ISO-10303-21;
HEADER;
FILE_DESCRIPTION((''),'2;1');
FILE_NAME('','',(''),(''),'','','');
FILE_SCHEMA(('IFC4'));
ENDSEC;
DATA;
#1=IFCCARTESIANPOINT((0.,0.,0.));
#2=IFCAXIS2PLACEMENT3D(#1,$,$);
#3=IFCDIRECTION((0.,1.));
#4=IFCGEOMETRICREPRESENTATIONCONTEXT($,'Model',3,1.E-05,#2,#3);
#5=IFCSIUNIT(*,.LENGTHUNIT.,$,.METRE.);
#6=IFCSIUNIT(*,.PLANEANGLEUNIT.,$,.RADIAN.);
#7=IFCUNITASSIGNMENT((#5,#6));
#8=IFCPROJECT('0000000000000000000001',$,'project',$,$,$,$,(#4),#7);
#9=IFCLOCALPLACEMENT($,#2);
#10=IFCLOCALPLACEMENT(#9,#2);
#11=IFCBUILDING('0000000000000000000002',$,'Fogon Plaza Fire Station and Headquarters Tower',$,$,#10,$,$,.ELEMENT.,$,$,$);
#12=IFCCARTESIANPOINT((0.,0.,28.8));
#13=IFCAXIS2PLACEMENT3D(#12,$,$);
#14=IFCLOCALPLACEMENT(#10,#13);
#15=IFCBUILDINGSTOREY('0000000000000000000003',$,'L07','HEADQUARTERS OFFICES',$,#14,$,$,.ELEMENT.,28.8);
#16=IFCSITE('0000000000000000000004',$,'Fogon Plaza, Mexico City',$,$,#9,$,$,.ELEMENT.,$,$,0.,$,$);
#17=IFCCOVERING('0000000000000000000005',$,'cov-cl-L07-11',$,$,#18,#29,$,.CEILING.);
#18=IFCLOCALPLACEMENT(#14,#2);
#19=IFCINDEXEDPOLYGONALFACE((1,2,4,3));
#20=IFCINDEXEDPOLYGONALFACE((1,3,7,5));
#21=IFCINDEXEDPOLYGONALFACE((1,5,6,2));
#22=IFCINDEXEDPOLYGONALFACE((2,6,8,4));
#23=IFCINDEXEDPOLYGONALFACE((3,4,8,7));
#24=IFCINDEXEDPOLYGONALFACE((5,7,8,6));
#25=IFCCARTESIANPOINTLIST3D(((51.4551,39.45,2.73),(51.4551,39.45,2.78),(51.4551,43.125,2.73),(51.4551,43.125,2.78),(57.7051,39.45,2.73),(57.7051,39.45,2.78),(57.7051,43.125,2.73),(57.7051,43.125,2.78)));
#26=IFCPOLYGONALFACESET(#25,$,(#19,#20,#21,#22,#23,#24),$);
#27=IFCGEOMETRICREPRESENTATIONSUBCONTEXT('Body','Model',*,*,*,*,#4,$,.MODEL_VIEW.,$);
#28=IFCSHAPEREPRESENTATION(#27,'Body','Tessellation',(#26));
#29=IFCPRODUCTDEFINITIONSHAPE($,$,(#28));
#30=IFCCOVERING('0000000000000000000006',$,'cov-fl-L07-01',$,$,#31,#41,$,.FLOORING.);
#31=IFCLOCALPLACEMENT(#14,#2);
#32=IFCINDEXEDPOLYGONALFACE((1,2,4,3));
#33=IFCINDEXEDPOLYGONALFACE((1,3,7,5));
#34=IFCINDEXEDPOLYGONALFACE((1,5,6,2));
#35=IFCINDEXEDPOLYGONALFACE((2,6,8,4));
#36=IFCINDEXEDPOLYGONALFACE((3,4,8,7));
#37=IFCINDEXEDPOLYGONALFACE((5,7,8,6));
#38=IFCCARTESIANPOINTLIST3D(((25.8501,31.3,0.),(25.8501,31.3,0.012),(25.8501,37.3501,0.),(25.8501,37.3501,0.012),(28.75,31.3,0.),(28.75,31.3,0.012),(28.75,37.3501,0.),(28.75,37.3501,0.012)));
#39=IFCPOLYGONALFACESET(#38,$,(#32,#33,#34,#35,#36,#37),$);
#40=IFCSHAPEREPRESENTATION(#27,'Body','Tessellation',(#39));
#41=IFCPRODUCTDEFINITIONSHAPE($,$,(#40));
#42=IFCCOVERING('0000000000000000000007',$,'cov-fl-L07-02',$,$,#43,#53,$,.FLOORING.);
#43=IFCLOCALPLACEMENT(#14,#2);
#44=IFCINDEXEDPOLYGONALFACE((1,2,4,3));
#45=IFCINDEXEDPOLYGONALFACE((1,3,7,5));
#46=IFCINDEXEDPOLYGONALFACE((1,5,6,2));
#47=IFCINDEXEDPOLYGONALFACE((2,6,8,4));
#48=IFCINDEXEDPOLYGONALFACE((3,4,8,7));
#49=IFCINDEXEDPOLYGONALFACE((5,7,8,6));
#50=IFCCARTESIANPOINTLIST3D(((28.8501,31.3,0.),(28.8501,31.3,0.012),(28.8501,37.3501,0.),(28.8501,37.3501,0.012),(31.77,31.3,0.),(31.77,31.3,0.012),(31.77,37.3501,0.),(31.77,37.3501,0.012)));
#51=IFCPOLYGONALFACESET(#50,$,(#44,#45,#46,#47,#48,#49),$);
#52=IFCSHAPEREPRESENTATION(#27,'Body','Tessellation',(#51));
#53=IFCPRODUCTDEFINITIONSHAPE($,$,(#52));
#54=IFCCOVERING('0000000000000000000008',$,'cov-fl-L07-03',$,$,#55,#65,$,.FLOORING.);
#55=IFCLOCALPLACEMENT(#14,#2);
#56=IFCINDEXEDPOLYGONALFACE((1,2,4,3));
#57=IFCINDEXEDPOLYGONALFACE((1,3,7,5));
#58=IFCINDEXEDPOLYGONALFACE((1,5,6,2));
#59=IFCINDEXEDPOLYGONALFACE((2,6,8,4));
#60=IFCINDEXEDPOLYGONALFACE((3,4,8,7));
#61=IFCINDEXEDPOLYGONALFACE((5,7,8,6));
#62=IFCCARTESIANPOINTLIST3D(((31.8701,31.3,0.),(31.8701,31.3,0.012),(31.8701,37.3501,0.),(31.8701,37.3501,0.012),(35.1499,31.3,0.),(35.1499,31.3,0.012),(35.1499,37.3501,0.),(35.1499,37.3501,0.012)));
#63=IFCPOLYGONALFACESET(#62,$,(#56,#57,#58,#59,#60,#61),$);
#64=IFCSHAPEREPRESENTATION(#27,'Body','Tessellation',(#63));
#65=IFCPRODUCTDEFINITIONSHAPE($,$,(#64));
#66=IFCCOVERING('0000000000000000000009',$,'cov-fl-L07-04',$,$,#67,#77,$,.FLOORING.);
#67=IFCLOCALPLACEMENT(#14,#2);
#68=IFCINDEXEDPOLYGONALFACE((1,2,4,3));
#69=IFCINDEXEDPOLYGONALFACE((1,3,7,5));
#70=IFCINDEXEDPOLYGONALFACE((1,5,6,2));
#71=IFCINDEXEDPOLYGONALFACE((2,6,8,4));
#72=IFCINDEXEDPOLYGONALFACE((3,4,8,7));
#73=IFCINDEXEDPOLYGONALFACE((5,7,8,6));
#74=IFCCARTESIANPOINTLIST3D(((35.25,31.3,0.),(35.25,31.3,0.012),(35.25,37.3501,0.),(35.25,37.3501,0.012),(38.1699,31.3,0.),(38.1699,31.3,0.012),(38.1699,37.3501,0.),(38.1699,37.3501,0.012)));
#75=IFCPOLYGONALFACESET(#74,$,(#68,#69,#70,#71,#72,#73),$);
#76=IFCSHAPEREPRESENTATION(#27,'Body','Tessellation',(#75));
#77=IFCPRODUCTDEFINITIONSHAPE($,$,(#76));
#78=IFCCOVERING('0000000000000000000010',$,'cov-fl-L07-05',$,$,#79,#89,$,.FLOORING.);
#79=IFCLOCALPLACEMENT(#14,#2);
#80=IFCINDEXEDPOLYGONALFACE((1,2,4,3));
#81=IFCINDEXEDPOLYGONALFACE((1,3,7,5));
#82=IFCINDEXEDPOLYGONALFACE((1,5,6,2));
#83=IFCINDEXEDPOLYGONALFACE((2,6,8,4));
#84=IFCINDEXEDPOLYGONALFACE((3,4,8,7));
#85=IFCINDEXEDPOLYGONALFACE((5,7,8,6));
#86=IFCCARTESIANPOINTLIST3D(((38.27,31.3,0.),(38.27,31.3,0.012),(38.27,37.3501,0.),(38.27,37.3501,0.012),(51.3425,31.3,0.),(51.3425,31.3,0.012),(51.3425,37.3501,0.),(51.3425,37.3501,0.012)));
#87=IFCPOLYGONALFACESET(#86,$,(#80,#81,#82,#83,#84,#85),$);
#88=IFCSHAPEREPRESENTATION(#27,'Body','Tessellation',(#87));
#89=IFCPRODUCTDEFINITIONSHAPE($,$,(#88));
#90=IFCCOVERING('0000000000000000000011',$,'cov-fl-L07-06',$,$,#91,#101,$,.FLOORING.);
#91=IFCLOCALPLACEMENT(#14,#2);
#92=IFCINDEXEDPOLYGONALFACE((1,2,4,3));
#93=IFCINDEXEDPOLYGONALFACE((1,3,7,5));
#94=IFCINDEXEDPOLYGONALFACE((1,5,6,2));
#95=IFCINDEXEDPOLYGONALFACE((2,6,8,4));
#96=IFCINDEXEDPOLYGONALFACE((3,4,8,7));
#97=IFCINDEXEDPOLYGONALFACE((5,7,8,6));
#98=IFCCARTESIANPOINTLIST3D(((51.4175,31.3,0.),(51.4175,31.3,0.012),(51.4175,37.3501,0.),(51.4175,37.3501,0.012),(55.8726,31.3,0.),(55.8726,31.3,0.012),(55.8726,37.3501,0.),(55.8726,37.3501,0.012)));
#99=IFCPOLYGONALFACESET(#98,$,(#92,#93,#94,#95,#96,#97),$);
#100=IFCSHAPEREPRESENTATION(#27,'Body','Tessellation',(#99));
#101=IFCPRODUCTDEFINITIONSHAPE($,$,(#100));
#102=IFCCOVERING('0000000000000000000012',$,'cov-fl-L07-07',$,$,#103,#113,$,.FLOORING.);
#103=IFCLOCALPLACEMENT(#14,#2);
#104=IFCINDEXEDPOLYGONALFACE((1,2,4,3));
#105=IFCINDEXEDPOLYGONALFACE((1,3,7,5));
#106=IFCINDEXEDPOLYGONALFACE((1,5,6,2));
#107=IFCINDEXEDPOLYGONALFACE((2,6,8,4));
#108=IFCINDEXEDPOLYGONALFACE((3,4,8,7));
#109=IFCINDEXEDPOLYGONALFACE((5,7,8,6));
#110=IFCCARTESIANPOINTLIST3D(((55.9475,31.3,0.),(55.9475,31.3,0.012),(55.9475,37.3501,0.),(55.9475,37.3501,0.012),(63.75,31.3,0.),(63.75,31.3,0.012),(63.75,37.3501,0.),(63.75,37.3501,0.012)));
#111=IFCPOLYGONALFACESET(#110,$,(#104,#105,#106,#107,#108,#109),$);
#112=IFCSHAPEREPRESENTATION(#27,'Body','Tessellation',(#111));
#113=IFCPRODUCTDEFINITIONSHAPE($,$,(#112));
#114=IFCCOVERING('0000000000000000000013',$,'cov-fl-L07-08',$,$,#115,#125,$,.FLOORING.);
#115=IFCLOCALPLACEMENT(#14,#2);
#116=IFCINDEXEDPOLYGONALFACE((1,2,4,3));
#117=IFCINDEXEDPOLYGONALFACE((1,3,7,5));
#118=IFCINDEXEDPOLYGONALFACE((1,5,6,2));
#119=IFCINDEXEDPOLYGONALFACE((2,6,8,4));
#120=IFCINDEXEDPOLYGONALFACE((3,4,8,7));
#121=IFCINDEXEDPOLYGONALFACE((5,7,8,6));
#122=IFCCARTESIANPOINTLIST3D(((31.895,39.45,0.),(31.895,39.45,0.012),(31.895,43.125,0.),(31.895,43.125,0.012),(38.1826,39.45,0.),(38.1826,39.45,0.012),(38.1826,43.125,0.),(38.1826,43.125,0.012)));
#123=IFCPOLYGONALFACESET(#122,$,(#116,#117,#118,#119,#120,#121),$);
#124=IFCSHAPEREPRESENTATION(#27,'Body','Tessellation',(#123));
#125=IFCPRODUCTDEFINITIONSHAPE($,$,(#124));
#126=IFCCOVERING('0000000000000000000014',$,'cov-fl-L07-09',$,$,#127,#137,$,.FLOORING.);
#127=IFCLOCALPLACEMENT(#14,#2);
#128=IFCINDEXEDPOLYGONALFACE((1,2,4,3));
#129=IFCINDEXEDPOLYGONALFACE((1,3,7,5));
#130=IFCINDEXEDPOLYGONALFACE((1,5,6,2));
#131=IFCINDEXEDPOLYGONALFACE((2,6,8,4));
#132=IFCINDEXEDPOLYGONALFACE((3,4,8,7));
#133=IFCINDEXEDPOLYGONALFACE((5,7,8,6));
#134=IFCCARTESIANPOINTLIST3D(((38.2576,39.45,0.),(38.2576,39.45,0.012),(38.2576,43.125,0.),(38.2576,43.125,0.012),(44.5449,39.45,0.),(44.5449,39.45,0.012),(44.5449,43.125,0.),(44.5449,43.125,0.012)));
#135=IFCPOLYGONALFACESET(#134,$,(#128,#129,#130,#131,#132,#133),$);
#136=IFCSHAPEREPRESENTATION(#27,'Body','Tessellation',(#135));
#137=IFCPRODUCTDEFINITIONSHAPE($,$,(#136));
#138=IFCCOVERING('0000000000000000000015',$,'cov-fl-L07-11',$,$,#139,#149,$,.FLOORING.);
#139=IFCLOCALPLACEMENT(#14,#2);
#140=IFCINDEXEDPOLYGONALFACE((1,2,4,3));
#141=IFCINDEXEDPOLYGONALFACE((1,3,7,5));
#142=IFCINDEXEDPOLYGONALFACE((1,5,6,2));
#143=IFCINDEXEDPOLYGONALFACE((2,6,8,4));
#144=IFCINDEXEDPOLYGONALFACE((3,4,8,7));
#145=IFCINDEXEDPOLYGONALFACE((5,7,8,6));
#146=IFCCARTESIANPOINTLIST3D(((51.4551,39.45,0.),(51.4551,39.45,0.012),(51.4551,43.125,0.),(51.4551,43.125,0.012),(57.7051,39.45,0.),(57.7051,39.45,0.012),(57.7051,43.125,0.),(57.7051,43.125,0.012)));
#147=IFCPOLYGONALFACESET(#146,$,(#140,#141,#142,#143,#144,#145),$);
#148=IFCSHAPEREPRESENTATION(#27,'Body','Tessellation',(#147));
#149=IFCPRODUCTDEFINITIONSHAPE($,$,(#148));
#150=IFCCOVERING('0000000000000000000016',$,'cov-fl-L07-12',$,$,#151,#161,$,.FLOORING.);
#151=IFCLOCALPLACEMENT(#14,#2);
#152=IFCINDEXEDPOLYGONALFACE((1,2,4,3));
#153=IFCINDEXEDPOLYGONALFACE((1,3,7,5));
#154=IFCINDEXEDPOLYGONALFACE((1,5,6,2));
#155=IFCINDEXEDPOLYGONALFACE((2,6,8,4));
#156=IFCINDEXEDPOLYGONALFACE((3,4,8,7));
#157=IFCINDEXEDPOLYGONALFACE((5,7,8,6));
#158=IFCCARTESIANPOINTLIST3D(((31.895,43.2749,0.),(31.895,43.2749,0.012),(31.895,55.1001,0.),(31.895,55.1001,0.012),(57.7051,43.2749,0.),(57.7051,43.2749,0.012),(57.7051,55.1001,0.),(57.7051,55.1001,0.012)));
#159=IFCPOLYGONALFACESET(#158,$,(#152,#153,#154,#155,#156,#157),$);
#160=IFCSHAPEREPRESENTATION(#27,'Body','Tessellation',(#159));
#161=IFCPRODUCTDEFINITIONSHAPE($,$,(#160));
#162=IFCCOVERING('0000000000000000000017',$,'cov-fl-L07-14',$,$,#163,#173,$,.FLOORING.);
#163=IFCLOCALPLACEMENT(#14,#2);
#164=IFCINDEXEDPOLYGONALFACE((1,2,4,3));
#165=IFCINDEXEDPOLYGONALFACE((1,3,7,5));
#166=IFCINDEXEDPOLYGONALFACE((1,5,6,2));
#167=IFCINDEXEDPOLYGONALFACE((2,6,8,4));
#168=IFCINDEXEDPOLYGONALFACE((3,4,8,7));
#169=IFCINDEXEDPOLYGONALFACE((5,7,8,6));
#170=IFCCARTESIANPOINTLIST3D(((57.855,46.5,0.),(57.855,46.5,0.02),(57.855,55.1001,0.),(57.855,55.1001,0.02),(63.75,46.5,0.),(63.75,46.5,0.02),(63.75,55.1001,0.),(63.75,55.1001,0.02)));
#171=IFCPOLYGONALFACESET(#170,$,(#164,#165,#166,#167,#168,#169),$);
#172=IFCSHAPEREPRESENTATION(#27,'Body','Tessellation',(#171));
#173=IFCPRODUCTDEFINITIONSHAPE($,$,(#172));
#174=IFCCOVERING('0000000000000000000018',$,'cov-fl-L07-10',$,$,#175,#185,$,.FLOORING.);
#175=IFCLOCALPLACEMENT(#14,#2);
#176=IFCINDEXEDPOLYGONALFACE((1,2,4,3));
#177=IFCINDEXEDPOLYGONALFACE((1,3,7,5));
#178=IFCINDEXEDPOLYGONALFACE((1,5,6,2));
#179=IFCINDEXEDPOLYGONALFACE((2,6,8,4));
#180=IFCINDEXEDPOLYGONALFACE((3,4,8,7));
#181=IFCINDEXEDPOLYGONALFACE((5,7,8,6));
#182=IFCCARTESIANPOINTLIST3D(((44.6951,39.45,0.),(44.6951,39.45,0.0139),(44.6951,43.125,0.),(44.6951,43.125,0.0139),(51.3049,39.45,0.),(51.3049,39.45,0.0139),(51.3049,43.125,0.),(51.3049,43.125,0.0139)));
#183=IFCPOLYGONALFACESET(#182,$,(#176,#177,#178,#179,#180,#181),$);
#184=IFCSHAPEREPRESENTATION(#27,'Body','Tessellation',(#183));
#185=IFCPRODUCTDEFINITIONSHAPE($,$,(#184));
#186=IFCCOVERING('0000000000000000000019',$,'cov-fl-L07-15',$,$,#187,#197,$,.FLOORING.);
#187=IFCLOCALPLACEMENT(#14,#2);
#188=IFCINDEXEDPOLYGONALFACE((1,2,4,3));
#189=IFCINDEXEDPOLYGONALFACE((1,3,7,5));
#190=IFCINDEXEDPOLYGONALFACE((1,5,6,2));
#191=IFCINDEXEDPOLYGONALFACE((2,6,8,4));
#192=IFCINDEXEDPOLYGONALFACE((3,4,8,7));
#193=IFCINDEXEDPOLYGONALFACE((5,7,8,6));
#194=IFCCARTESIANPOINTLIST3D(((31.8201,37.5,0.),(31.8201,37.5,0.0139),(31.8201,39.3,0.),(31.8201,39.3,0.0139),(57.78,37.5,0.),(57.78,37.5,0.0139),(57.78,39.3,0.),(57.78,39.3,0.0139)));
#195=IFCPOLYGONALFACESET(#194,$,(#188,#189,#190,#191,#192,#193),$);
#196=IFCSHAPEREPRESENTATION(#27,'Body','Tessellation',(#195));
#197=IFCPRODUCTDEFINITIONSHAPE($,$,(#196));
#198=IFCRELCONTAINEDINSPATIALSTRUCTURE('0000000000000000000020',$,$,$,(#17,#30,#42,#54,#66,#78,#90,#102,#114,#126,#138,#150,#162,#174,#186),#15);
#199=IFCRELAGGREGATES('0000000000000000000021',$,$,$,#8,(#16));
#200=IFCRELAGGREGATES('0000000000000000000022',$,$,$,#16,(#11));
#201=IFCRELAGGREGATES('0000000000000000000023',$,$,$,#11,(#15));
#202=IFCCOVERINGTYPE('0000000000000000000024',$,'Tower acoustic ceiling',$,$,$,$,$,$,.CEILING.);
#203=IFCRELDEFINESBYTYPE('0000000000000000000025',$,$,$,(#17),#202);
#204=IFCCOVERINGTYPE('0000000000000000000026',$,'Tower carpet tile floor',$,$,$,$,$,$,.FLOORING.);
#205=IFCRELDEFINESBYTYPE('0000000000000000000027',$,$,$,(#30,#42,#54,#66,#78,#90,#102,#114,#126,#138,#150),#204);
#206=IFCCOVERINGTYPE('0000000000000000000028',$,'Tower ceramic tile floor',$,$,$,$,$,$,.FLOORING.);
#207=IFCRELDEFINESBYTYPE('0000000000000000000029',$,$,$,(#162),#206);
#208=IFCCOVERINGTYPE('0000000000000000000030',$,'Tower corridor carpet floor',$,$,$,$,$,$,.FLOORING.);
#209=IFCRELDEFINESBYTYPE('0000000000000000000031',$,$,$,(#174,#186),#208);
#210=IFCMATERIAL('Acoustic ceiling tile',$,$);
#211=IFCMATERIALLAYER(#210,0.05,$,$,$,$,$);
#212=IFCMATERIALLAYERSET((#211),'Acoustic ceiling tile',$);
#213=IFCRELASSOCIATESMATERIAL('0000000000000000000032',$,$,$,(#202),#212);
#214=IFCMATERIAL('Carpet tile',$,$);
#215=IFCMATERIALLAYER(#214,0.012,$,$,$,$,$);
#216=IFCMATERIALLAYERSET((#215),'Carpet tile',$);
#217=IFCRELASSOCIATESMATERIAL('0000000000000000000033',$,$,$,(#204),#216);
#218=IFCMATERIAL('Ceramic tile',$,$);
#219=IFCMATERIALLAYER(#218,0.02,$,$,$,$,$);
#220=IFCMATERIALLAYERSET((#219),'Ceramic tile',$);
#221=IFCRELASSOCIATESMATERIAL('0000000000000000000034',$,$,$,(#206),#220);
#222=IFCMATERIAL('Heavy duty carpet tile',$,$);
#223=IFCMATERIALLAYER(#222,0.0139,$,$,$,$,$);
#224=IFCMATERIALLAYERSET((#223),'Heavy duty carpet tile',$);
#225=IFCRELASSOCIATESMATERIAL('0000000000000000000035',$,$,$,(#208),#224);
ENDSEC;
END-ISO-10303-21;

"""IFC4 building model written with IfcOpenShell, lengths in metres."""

from ifc_helpers import new_model, si_unit, direction, frame, origin, place, context, subcontext, project, spatial, polyline, outline, extrude, material, layer, layer_set, type_object, element, save


model = new_model("IFC4")

# Units and contexts
model_context = context("Model", 3, precision=1e-05, world=origin(), true_north=direction((0.0, 1.0)))
body_context = subcontext(model_context, "Body", "Model", "MODEL_VIEW")
ifc_project = project(units=[si_unit("LENGTHUNIT", "METRE"), si_unit("PLANEANGLEUNIT", "RADIAN")], contexts=[model_context])

# Site, building, storey
site_placement = place(None, origin())
site = spatial("IfcSite", under=ifc_project, at=site_placement, Name="Fogon Plaza, Mexico City", CompositionType="ELEMENT", RefElevation=0.0)
building_placement = place(site_placement, origin())
building = spatial("IfcBuilding", under=site, at=building_placement, Name="Fogon Plaza Fire Station and Headquarters Tower", CompositionType="ELEMENT")
storey_placement = place(building_placement, frame((0.0, 0.0, 28.8)))
storey = spatial("IfcBuildingStorey", under=building, at=storey_placement, Name="L07", Description="HEADQUARTERS OFFICES", CompositionType="ELEMENT", Elevation=28.8)

# Coverings
ifc_material_1 = material(Name="Acoustic ceiling tile")
ifc_layer_1 = layer(ifc_material_1, 0.05)
ifc_layer_set_1 = layer_set([ifc_layer_1], Name="Acoustic ceiling tile")
covering_type_1 = type_object("IfcCoveringType", Name="Tower acoustic ceiling", PredefinedType="CEILING", material=ifc_layer_set_1)
covering_1_placement = place(storey_placement, frame((0.0, 0.0, 2.73)))
element("IfcCovering", 1, at=covering_1_placement, inside=storey, type_object=covering_type_1, Name="cov-cl-L07-11", PredefinedType="CEILING", context=body_context, shape_type="SweptSolid", body=[
    extrude(outline(polyline([(57.7051, 39.45), (57.7051, 43.125), (51.4551, 43.125), (51.4551, 39.45), (57.7051, 39.45)])), origin(), (0.0, 0.0, 1.0), 0.05),
])
ifc_material_2 = material(Name="Carpet tile")
ifc_layer_2 = layer(ifc_material_2, 0.012)
ifc_layer_set_2 = layer_set([ifc_layer_2], Name="Carpet tile")
covering_type_2 = type_object("IfcCoveringType", Name="Tower carpet tile floor", PredefinedType="FLOORING", material=ifc_layer_set_2)
covering_2_placement = place(storey_placement, origin())
element("IfcCovering", 2, at=covering_2_placement, inside=storey, type_object=covering_type_2, Name="cov-fl-L07-01", PredefinedType="FLOORING", context=body_context, shape_type="SweptSolid", body=[
    extrude(outline(polyline([(28.75, 31.3), (28.75, 37.3501), (25.8501, 37.3501), (25.8501, 31.3), (28.75, 31.3)])), origin(), (0.0, 0.0, 1.0), 0.012),
])
covering_3_placement = place(storey_placement, origin())
element("IfcCovering", 3, at=covering_3_placement, inside=storey, type_object=covering_type_2, Name="cov-fl-L07-02", PredefinedType="FLOORING", context=body_context, shape_type="SweptSolid", body=[
    extrude(outline(polyline([(31.77, 31.3), (31.77, 37.3501), (28.8501, 37.3501), (28.8501, 31.3), (31.77, 31.3)])), origin(), (0.0, 0.0, 1.0), 0.012),
])
covering_4_placement = place(storey_placement, origin())
element("IfcCovering", 4, at=covering_4_placement, inside=storey, type_object=covering_type_2, Name="cov-fl-L07-03", PredefinedType="FLOORING", context=body_context, shape_type="SweptSolid", body=[
    extrude(outline(polyline([(35.1499, 31.3), (35.1499, 37.3501), (31.8701, 37.3501), (31.8701, 31.3), (35.1499, 31.3)])), origin(), (0.0, 0.0, 1.0), 0.012),
])
covering_5_placement = place(storey_placement, origin())
element("IfcCovering", 5, at=covering_5_placement, inside=storey, type_object=covering_type_2, Name="cov-fl-L07-04", PredefinedType="FLOORING", context=body_context, shape_type="SweptSolid", body=[
    extrude(outline(polyline([(38.1699, 31.3), (38.1699, 37.3501), (35.25, 37.3501), (35.25, 31.3), (38.1699, 31.3)])), origin(), (0.0, 0.0, 1.0), 0.012),
])
covering_6_placement = place(storey_placement, origin())
element("IfcCovering", 6, at=covering_6_placement, inside=storey, type_object=covering_type_2, Name="cov-fl-L07-05", PredefinedType="FLOORING", context=body_context, shape_type="SweptSolid", body=[
    extrude(outline(polyline([(51.3425, 31.3), (51.3425, 37.3501), (38.27, 37.3501), (38.27, 31.3), (51.3425, 31.3)])), origin(), (0.0, 0.0, 1.0), 0.012),
])
covering_7_placement = place(storey_placement, origin())
element("IfcCovering", 7, at=covering_7_placement, inside=storey, type_object=covering_type_2, Name="cov-fl-L07-06", PredefinedType="FLOORING", context=body_context, shape_type="SweptSolid", body=[
    extrude(outline(polyline([(55.8726, 31.3), (55.8726, 37.3501), (51.4175, 37.3501), (51.4175, 31.3), (55.8726, 31.3)])), origin(), (0.0, 0.0, 1.0), 0.012),
])
covering_8_placement = place(storey_placement, origin())
element("IfcCovering", 8, at=covering_8_placement, inside=storey, type_object=covering_type_2, Name="cov-fl-L07-07", PredefinedType="FLOORING", context=body_context, shape_type="SweptSolid", body=[
    extrude(outline(polyline([(63.75, 31.3), (63.75, 37.3501), (55.9475, 37.3501), (55.9475, 31.3), (63.75, 31.3)])), origin(), (0.0, 0.0, 1.0), 0.012),
])
covering_9_placement = place(storey_placement, origin())
element("IfcCovering", 9, at=covering_9_placement, inside=storey, type_object=covering_type_2, Name="cov-fl-L07-08", PredefinedType="FLOORING", context=body_context, shape_type="SweptSolid", body=[
    extrude(outline(polyline([(38.1826, 39.45), (38.1826, 43.125), (31.895, 43.125), (31.895, 39.45), (38.1826, 39.45)])), origin(), (0.0, 0.0, 1.0), 0.012),
])
covering_10_placement = place(storey_placement, origin())
element("IfcCovering", 10, at=covering_10_placement, inside=storey, type_object=covering_type_2, Name="cov-fl-L07-09", PredefinedType="FLOORING", context=body_context, shape_type="SweptSolid", body=[
    extrude(outline(polyline([(44.5449, 39.45), (44.5449, 43.125), (38.2576, 43.125), (38.2576, 39.45), (44.5449, 39.45)])), origin(), (0.0, 0.0, 1.0), 0.012),
])
covering_11_placement = place(storey_placement, origin())
element("IfcCovering", 11, at=covering_11_placement, inside=storey, type_object=covering_type_2, Name="cov-fl-L07-11", PredefinedType="FLOORING", context=body_context, shape_type="SweptSolid", body=[
    extrude(outline(polyline([(57.7051, 39.45), (57.7051, 43.125), (51.4551, 43.125), (51.4551, 39.45), (57.7051, 39.45)])), origin(), (0.0, 0.0, 1.0), 0.012),
])
covering_12_placement = place(storey_placement, origin())
element("IfcCovering", 12, at=covering_12_placement, inside=storey, type_object=covering_type_2, Name="cov-fl-L07-12", PredefinedType="FLOORING", context=body_context, shape_type="SweptSolid", body=[
    extrude(outline(polyline([(57.7051, 43.2749), (57.7051, 55.1001), (31.895, 55.1001), (31.895, 43.2749), (57.7051, 43.2749)])), origin(), (0.0, 0.0, 1.0), 0.012),
])
ifc_material_3 = material(Name="Ceramic tile")
ifc_layer_3 = layer(ifc_material_3, 0.02)
ifc_layer_set_3 = layer_set([ifc_layer_3], Name="Ceramic tile")
covering_type_3 = type_object("IfcCoveringType", Name="Tower ceramic tile floor", PredefinedType="FLOORING", material=ifc_layer_set_3)
covering_13_placement = place(storey_placement, origin())
element("IfcCovering", 13, at=covering_13_placement, inside=storey, type_object=covering_type_3, Name="cov-fl-L07-14", PredefinedType="FLOORING", context=body_context, shape_type="SweptSolid", body=[
    extrude(outline(polyline([(63.75, 46.5), (63.75, 55.1001), (57.855, 55.1001), (57.855, 46.5), (63.75, 46.5)])), origin(), (0.0, 0.0, 1.0), 0.02),
])
ifc_material_4 = material(Name="Heavy duty carpet tile")
ifc_layer_4 = layer(ifc_material_4, 0.0139)
ifc_layer_set_4 = layer_set([ifc_layer_4], Name="Heavy duty carpet tile")
covering_type_4 = type_object("IfcCoveringType", Name="Tower corridor carpet floor", PredefinedType="FLOORING", material=ifc_layer_set_4)
covering_14_placement = place(storey_placement, origin())
element("IfcCovering", 14, at=covering_14_placement, inside=storey, type_object=covering_type_4, Name="cov-fl-L07-10", PredefinedType="FLOORING", context=body_context, shape_type="SweptSolid", body=[
    extrude(outline(polyline([(51.3049, 39.45), (51.3049, 43.125), (44.6951, 43.125), (44.6951, 39.45), (51.3049, 39.45)])), origin(), (0.0, 0.0, 1.0), 0.0139),
])
covering_15_placement = place(storey_placement, origin())
element("IfcCovering", 15, at=covering_15_placement, inside=storey, type_object=covering_type_4, Name="cov-fl-L07-15", PredefinedType="FLOORING", context=body_context, shape_type="SweptSolid", body=[
    extrude(outline(polyline([(57.78, 37.5), (57.78, 39.3), (31.8201, 39.3), (31.8201, 37.5), (57.78, 37.5)])), origin(), (0.0, 0.0, 1.0), 0.0139),
])

save(model, "model.ifc")
